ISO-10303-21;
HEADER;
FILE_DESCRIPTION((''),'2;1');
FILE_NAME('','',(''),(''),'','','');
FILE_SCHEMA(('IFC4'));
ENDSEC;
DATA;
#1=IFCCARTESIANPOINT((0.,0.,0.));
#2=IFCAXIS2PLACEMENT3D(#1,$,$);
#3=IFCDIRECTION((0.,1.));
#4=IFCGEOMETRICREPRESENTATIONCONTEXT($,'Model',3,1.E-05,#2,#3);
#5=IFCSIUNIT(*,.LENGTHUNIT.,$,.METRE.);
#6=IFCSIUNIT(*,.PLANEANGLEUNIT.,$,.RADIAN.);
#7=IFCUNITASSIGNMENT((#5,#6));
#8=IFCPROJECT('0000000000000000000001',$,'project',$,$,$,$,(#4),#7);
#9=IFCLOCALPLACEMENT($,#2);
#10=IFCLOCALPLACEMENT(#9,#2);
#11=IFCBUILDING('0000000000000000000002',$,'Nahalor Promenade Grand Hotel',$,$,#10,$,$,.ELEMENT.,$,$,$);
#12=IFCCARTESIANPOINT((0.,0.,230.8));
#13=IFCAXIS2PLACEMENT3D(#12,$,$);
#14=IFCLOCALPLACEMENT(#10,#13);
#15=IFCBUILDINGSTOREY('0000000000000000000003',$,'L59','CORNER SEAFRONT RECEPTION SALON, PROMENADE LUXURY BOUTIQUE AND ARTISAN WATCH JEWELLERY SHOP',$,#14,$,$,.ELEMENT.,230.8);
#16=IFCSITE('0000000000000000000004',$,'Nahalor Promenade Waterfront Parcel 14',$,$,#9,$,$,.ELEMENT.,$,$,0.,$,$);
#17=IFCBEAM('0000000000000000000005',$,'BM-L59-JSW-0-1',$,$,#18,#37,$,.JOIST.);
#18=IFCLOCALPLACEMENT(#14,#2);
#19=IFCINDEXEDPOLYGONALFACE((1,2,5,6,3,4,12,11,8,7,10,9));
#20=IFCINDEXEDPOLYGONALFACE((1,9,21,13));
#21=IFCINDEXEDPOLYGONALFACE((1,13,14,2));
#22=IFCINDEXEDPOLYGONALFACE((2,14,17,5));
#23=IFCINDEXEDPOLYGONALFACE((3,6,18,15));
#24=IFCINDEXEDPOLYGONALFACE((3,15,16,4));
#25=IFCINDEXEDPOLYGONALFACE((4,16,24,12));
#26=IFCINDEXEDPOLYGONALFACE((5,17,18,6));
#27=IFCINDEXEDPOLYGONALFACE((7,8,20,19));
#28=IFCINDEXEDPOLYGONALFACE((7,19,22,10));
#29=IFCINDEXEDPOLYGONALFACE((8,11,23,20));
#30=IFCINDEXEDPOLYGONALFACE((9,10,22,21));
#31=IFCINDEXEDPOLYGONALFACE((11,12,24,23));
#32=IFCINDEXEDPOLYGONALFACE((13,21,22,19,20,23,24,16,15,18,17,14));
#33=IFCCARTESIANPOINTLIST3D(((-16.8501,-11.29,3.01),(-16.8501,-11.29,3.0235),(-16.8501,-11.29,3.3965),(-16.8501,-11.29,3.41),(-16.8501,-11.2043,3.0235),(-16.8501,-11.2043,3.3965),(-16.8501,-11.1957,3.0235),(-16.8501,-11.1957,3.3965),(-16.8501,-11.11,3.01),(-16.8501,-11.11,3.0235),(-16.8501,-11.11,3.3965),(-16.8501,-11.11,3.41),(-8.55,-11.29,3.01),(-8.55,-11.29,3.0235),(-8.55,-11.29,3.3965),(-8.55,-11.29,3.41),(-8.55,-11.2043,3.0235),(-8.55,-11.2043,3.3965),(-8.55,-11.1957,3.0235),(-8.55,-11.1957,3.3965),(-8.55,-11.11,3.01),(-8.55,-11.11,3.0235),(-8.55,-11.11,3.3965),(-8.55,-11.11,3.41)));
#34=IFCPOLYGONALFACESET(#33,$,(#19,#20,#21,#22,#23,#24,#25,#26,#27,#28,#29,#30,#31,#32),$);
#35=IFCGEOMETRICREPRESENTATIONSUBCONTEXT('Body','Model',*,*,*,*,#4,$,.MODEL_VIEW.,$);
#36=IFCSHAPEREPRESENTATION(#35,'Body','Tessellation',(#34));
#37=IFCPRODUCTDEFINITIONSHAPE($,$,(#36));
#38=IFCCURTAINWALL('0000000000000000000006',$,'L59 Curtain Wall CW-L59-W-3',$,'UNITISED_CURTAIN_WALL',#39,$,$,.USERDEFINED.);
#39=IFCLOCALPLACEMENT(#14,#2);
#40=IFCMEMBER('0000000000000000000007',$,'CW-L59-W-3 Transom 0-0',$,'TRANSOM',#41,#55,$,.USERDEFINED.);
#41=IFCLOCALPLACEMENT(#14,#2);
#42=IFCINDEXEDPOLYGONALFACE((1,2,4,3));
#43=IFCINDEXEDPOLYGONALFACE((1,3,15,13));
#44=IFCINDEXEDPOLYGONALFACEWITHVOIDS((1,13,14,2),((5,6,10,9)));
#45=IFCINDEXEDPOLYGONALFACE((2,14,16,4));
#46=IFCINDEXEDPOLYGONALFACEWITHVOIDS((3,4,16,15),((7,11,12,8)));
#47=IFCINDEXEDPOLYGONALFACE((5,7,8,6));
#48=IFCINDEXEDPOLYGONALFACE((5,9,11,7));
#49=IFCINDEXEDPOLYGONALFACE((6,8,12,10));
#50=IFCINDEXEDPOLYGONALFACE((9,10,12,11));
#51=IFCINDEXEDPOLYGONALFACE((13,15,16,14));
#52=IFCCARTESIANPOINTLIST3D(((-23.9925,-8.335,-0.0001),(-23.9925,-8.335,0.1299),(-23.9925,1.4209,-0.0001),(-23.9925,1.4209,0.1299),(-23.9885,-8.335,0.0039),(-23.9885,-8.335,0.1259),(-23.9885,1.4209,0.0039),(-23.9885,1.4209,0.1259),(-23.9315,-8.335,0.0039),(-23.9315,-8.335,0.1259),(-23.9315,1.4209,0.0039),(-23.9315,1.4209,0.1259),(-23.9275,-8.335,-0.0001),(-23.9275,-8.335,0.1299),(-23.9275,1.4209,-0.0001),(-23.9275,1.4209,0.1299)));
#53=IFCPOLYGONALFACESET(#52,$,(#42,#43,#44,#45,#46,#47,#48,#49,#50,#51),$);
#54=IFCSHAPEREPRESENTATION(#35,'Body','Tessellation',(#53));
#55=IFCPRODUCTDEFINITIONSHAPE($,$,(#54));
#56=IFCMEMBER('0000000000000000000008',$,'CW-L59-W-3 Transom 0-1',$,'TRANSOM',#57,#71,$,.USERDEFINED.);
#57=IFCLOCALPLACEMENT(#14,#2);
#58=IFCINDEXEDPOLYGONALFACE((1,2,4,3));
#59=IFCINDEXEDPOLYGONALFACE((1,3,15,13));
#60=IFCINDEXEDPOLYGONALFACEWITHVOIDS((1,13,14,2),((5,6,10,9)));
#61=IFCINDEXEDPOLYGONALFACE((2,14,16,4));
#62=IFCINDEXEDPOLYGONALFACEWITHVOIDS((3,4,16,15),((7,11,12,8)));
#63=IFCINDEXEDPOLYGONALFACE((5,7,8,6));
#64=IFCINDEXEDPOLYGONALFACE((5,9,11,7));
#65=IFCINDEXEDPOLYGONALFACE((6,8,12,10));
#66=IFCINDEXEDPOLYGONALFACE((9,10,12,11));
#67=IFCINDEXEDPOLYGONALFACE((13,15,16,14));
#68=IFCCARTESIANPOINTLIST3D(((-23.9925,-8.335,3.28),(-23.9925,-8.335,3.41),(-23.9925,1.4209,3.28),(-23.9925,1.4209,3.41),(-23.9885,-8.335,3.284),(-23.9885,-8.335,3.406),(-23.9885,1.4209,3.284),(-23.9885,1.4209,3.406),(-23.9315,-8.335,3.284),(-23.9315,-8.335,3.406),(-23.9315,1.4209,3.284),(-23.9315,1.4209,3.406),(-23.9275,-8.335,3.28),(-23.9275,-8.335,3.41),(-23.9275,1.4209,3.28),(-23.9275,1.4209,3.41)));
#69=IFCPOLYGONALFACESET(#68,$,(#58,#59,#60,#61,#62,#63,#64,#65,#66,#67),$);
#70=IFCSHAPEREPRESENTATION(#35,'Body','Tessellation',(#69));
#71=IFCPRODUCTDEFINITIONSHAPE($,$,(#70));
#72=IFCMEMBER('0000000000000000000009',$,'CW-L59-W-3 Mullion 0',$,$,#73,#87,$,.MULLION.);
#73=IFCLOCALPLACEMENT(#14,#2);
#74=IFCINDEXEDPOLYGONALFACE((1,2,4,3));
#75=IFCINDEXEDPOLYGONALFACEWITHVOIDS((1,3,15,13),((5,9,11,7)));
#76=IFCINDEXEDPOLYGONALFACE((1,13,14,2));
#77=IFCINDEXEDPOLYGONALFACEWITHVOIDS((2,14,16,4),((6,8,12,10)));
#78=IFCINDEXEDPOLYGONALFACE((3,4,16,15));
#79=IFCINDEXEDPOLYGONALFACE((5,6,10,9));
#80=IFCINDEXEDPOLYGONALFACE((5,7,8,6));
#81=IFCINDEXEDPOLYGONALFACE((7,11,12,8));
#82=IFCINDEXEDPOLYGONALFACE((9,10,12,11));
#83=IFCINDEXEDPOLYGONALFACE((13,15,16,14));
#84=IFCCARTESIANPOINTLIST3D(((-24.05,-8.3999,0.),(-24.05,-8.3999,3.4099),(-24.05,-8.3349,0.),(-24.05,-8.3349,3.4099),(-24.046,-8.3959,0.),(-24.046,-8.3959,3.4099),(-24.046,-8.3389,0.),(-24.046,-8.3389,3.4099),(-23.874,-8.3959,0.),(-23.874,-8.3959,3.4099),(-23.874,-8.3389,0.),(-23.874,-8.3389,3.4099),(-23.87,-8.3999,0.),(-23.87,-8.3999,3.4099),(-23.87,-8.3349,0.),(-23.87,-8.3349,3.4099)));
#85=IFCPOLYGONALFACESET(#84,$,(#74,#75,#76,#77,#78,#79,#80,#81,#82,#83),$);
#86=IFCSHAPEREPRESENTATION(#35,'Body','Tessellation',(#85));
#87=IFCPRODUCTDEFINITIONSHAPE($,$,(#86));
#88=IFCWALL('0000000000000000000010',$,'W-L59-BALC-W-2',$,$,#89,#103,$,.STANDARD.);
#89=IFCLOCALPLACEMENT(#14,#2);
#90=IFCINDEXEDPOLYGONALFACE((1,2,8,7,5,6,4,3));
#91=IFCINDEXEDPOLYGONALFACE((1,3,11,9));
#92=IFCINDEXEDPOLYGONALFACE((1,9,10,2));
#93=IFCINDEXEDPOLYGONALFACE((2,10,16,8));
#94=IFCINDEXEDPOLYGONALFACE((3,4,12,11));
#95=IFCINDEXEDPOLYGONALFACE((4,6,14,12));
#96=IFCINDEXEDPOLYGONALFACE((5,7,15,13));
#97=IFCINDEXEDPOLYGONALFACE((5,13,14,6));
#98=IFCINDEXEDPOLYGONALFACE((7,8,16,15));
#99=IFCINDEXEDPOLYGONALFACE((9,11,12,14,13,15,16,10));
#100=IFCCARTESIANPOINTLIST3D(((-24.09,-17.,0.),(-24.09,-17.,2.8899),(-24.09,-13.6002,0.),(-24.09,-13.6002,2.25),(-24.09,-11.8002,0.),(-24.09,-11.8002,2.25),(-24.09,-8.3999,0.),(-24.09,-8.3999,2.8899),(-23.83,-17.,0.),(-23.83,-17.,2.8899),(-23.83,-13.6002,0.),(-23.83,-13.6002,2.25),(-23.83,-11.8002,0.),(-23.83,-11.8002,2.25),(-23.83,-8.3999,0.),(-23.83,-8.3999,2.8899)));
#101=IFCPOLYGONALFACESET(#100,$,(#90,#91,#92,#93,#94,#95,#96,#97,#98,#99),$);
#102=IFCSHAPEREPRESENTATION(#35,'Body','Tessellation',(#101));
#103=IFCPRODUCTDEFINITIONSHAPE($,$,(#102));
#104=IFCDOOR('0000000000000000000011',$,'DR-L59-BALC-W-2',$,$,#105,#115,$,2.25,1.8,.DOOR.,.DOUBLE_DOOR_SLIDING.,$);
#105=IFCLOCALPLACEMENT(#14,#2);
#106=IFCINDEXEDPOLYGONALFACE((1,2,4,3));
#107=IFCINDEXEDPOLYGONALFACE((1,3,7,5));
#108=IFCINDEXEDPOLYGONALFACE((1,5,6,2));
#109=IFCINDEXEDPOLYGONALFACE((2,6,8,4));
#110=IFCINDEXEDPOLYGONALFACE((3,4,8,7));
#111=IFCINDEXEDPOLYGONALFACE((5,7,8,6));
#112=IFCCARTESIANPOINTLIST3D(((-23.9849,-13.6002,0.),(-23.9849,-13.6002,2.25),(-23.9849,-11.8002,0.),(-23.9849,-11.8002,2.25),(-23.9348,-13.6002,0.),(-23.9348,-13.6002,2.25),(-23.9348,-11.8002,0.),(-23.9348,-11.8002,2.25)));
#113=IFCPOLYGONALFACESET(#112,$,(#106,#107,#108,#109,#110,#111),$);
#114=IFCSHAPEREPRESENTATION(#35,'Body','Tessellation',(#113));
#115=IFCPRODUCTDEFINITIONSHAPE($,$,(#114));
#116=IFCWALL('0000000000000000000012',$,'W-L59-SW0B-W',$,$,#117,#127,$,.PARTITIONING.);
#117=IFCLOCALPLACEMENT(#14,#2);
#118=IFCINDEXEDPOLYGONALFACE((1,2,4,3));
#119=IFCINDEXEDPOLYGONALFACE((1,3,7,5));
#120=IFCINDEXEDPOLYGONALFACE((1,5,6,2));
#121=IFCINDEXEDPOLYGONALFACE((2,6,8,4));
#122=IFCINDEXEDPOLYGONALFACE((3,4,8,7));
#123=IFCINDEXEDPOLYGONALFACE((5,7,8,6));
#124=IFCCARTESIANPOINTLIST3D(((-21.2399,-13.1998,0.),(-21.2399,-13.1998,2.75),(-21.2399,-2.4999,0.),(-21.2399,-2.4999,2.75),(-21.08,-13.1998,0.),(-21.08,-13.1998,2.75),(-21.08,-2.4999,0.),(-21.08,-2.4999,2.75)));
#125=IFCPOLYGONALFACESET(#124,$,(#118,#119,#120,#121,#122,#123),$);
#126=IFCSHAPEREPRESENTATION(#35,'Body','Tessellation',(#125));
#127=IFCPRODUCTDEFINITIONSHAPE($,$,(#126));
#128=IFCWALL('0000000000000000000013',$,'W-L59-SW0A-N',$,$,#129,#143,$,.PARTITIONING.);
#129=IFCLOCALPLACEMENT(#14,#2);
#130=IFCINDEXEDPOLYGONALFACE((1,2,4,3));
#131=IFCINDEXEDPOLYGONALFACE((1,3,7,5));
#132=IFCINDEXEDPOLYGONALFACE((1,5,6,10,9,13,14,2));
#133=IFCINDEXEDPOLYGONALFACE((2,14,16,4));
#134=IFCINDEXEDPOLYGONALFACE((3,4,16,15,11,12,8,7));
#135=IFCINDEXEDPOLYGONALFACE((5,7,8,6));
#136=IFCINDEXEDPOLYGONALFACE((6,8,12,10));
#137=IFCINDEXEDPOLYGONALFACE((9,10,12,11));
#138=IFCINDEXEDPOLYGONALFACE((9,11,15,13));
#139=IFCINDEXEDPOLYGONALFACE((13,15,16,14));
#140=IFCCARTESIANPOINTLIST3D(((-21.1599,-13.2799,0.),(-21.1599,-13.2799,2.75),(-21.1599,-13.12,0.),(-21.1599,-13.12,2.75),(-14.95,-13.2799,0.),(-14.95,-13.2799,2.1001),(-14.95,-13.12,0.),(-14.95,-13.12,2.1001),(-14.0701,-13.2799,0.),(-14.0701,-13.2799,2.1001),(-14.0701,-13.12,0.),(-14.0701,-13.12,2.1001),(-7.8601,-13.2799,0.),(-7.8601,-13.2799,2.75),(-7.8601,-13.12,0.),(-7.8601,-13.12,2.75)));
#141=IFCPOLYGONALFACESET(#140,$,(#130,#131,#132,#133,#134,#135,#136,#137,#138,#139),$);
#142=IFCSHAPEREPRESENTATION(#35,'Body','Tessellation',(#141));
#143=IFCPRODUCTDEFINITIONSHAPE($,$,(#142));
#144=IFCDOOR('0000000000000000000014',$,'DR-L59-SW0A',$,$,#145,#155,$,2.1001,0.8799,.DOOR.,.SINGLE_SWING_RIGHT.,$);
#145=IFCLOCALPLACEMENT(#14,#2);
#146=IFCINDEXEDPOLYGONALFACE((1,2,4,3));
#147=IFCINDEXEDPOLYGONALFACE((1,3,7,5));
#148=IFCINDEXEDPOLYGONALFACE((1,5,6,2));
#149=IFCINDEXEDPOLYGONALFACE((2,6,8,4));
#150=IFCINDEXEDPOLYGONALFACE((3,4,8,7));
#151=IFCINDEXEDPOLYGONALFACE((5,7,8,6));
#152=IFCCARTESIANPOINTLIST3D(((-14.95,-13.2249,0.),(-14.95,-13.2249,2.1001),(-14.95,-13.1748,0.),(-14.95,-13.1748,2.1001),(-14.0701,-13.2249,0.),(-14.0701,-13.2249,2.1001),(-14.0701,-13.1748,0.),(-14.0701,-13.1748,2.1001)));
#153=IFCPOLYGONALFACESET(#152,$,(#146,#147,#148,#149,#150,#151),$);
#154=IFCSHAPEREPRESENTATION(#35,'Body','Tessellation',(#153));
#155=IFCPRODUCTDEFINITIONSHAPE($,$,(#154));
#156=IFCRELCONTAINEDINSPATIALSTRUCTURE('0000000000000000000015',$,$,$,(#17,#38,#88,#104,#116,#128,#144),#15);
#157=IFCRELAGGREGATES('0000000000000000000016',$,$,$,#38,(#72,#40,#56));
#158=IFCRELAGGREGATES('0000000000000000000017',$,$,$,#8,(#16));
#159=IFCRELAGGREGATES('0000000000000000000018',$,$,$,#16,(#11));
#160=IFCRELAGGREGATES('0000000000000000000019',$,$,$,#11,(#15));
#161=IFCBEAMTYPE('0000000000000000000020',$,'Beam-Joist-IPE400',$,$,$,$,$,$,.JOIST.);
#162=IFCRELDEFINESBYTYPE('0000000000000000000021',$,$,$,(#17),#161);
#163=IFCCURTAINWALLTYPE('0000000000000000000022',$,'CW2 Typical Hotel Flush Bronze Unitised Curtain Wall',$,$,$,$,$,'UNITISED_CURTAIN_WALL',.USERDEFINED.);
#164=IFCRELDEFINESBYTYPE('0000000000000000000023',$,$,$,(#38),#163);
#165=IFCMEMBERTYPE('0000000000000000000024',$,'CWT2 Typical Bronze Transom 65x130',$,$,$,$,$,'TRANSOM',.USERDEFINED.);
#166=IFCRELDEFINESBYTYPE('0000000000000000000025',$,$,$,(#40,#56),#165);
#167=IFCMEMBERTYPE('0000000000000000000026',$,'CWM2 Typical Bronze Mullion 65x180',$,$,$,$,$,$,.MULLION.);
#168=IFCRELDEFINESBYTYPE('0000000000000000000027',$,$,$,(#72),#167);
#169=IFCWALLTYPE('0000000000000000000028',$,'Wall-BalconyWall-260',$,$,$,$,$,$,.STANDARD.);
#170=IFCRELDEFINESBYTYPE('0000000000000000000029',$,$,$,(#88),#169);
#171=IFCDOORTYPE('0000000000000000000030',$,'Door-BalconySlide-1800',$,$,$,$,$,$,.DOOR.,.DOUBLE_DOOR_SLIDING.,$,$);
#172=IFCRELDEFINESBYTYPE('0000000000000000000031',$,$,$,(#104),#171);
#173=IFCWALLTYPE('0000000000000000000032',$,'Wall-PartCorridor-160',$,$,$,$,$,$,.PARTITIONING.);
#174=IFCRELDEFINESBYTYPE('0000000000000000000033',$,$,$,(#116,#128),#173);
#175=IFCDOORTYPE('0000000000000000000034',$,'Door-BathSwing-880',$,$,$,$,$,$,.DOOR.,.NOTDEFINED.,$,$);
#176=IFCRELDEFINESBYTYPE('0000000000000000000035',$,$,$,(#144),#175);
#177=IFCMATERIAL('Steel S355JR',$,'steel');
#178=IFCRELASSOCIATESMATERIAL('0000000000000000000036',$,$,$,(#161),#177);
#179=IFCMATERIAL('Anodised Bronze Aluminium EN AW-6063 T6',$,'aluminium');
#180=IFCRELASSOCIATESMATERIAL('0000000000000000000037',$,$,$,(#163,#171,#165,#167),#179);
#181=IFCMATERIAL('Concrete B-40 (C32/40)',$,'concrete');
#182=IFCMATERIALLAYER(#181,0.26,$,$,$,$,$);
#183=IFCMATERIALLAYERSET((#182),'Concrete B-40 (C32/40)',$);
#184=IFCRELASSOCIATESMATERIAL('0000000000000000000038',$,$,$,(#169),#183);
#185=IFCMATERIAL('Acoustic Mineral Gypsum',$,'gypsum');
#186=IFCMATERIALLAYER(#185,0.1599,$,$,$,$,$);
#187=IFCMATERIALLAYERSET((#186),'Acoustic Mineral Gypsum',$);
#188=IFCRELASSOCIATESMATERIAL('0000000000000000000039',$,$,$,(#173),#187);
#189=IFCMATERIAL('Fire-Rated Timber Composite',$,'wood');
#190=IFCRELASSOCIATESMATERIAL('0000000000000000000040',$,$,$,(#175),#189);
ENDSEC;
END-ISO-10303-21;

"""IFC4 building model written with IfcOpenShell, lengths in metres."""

from ifc_helpers import new_model, si_unit, direction, frame, frame_2d, origin, origin_2d, place, context, subcontext, project, spatial, rectangle, hollow_rectangle, i_section, extrude, source, transform, mapped, material, layer, layer_set, material_profile, profile_set, type_object, element, fill, aggregate, save


model = new_model("IFC4")

# Units and contexts
model_context = context("Model", 3, precision=1e-05, world=origin(), true_north=direction((0.0, 1.0)))
body_context = subcontext(model_context, "Body", "Model", "MODEL_VIEW")
ifc_project = project(units=[si_unit("LENGTHUNIT", "METRE"), si_unit("PLANEANGLEUNIT", "RADIAN")], contexts=[model_context])

# Site, building, storey
site_placement = place(None, origin())
site = spatial("IfcSite", under=ifc_project, at=site_placement, Name="Nahalor Promenade Waterfront Parcel 14", CompositionType="ELEMENT", RefElevation=0.0)
building_placement = place(site_placement, origin())
building = spatial("IfcBuilding", under=site, at=building_placement, Name="Nahalor Promenade Grand Hotel", CompositionType="ELEMENT")
storey_placement = place(building_placement, frame((0.0, 0.0, 230.8)))
storey = spatial("IfcBuildingStorey", under=building, at=storey_placement, Name="L59", Description="CORNER SEAFRONT RECEPTION SALON, PROMENADE LUXURY BOUTIQUE AND ARTISAN WATCH JEWELLERY SHOP", CompositionType="ELEMENT", Elevation=230.8)

# Shared definitions
ifc_material_1 = material(Name="Steel S355JR", Category="steel")

# Beam
ifc_material_profile_1 = material_profile(ifc_material_1, i_section(OverallWidth=0.18, OverallDepth=0.4, WebThickness=0.0086, FlangeThickness=0.0135, at=origin_2d()), Name="IPE 400")
ifc_profile_set_1 = profile_set([ifc_material_profile_1], Name="Steel S355JR")
beam_type_1 = type_object("IfcBeamType", Name="Beam-Joist-IPE400", PredefinedType="JOIST", material=ifc_profile_set_1)
shared_shape_1 = source(origin(), body_context, "Body", "SweptSolid", [
    extrude(i_section(OverallWidth=0.18, OverallDepth=0.4, WebThickness=0.0086, FlangeThickness=0.0135, at=origin_2d()), origin(), (0.0, 0.0, 1.0), 8.3),
])
beam_1_placement = place(storey_placement, frame((-16.8501, -11.2, 3.21), z_axis=(1.0, 0.0, 0.0), x_axis=(0.0, 1.0, 0.0)))
element("IfcBeam", 1, at=beam_1_placement, inside=storey, type_object=beam_type_1, Name="BM-L59-JSW-0-1", PredefinedType="JOIST", context=body_context, shape_type="MappedRepresentation", body=[
    mapped(shared_shape_1, transform((0.0, 0.0, 0.0), scale=1.0)),
])

# Curtain wall, members
ifc_material_2 = material(Name="Anodised Bronze Aluminium EN AW-6063 T6", Category="aluminium")
curtain_wall_type = type_object("IfcCurtainWallType", Name="CW2 Typical Hotel Flush Bronze Unitised Curtain Wall", ElementType="UNITISED_CURTAIN_WALL", PredefinedType="USERDEFINED", material=ifc_material_2)
curtain_wall_placement = place(storey_placement, origin())
curtain_wall = element("IfcCurtainWall", 2, at=curtain_wall_placement, inside=storey, type_object=curtain_wall_type, Name="L59 Curtain Wall CW-L59-W-3", ObjectType="UNITISED_CURTAIN_WALL", PredefinedType="USERDEFINED")
ifc_material_profile_2 = material_profile(ifc_material_2, hollow_rectangle(XDim=0.065, YDim=0.13, WallThickness=0.004, at=origin_2d()), Name="CWT 65x130x4")
ifc_profile_set_2 = profile_set([ifc_material_profile_2], Name="Anodised Bronze Aluminium EN AW-6063 T6")
member_type_1 = type_object("IfcMemberType", Name="CWT2 Typical Bronze Transom 65x130", ElementType="TRANSOM", PredefinedType="USERDEFINED", material=ifc_profile_set_2)
shared_shape_2 = source(origin(), body_context, "Body", "SweptSolid", [
    extrude(hollow_rectangle(XDim=0.065, YDim=0.13, WallThickness=0.004, at=origin_2d()), origin(), (0.0, 0.0, 1.0), 9.7559),
])
member_1_placement = place(storey_placement, frame((-23.96, -8.335, 0.0649), z_axis=(0.0, 1.0, 0.0), x_axis=(-1.0, 0.0, 0.0)))
member_1 = element("IfcMember", 3, at=member_1_placement, type_object=member_type_1, Name="CW-L59-W-3 Transom 0-0", ObjectType="TRANSOM", PredefinedType="USERDEFINED", context=body_context, shape_type="MappedRepresentation", body=[
    mapped(shared_shape_2, transform((0.0, 0.0, 0.0), scale=1.0)),
])
member_2_placement = place(storey_placement, frame((-23.96, -8.335, 3.345), z_axis=(0.0, 1.0, 0.0), x_axis=(-1.0, 0.0, 0.0)))
member_2 = element("IfcMember", 4, at=member_2_placement, type_object=member_type_1, Name="CW-L59-W-3 Transom 0-1", ObjectType="TRANSOM", PredefinedType="USERDEFINED", context=body_context, shape_type="MappedRepresentation", body=[
    mapped(shared_shape_2, transform((0.0, 0.0, 0.0), scale=1.0)),
])
ifc_material_profile_3 = material_profile(ifc_material_2, hollow_rectangle(XDim=0.065, YDim=0.18, WallThickness=0.004, at=origin_2d()), Name="CWM 65x180x4")
ifc_profile_set_3 = profile_set([ifc_material_profile_3], Name="Anodised Bronze Aluminium EN AW-6063 T6")
member_type_2 = type_object("IfcMemberType", Name="CWM2 Typical Bronze Mullion 65x180", PredefinedType="MULLION", material=ifc_profile_set_3)
shared_shape_3 = source(origin(), body_context, "Body", "SweptSolid", [
    extrude(hollow_rectangle(XDim=0.065, YDim=0.18, WallThickness=0.004, at=origin_2d()), origin(), (0.0, 0.0, 1.0), 3.4099),
])
member_3_placement = place(storey_placement, frame((-23.96, -8.3674, 0.0), z_axis=(0.0, 0.0, 1.0), x_axis=(0.0, 1.0, 0.0)))
member_3 = element("IfcMember", 5, at=member_3_placement, type_object=member_type_2, Name="CW-L59-W-3 Mullion 0", PredefinedType="MULLION", context=body_context, shape_type="MappedRepresentation", body=[
    mapped(shared_shape_3, transform((0.0, 0.0, 0.0), scale=1.0)),
])
aggregate(curtain_wall, [member_3, member_1, member_2])

# Wall, opening, door
ifc_material_3 = material(Name="Concrete B-40 (C32/40)", Category="concrete")
ifc_layer_1 = layer(ifc_material_3, 0.26)
ifc_layer_set_1 = layer_set([ifc_layer_1], Name="Concrete B-40 (C32/40)")
wall_type_1 = type_object("IfcWallType", Name="Wall-BalconyWall-260", PredefinedType="STANDARD", material=ifc_layer_set_1)
shared_shape_4 = source(origin(), body_context, "Body", "SweptSolid", [
    extrude(rectangle(XDim=8.6001, YDim=0.26, at=frame_2d((4.3, 0.0))), origin(), (0.0, 0.0, 1.0), 2.8899),
])
wall_1_placement = place(storey_placement, frame((-23.96, -17.0, 0.0), z_axis=(0.0, 0.0, 1.0), x_axis=(0.0, 1.0, 0.0)))
wall_1 = element("IfcWall", 6, at=wall_1_placement, inside=storey, type_object=wall_type_1, Name="W-L59-BALC-W-2", PredefinedType="STANDARD", context=body_context, shape_type="MappedRepresentation", body=[
    mapped(shared_shape_4, transform((0.0, 0.0, 0.0), scale=1.0)),
])
opening_1_placement = place(wall_1_placement, frame((3.3999, 0.0, 0.0)))
opening_1 = element("IfcOpeningElement", 7, at=opening_1_placement, cuts=wall_1, PredefinedType="OPENING", context=body_context, shape_type="SweptSolid", body=[
    extrude(rectangle(XDim=1.8, YDim=2.25, at=frame_2d((0.8999, 1.125))), frame((0.0, 0.1399, 0.0), z_axis=(0.0, -1.0, 0.0), x_axis=(1.0, 0.0, 0.0)), (0.0, 0.0, 1.0), 0.28),
])
door_type_1 = type_object("IfcDoorType", Name="Door-BalconySlide-1800", OperationType="DOUBLE_DOOR_SLIDING", PredefinedType="DOOR", material=ifc_material_2)
shared_shape_5 = source(origin(), body_context, "Body", "SweptSolid", [
    extrude(rectangle(XDim=1.8, YDim=2.25, at=frame_2d((0.8999, 1.125))), frame((0.0, 0.0249, 0.0), z_axis=(0.0, -1.0, 0.0), x_axis=(1.0, 0.0, 0.0)), (0.0, 0.0, 1.0), 0.05),
])
door_1_placement = place(opening_1_placement, origin())
door_1 = element("IfcDoor", 8, at=door_1_placement, inside=storey, type_object=door_type_1, Name="DR-L59-BALC-W-2", OperationType="DOUBLE_DOOR_SLIDING", OverallHeight=2.25, OverallWidth=1.8, PredefinedType="DOOR", context=body_context, shape_type="MappedRepresentation", body=[
    mapped(shared_shape_5, transform((0.0, 0.0, 0.0), scale=1.0)),
])
fill(opening_1, door_1)

# Wall
ifc_material_4 = material(Name="Acoustic Mineral Gypsum", Category="gypsum")
ifc_layer_2 = layer(ifc_material_4, 0.1599)
ifc_layer_set_2 = layer_set([ifc_layer_2], Name="Acoustic Mineral Gypsum")
wall_type_2 = type_object("IfcWallType", Name="Wall-PartCorridor-160", PredefinedType="PARTITIONING", material=ifc_layer_set_2)
shared_shape_6 = source(origin(), body_context, "Body", "SweptSolid", [
    extrude(rectangle(XDim=10.7, YDim=0.1599, at=frame_2d((5.3501, 0.0))), origin(), (0.0, 0.0, 1.0), 2.75),
])
wall_2_placement = place(storey_placement, frame((-21.1599, -13.2, 0.0), z_axis=(0.0, 0.0, 1.0), x_axis=(0.0, 1.0, 0.0)))
element("IfcWall", 9, at=wall_2_placement, inside=storey, type_object=wall_type_2, Name="W-L59-SW0B-W", PredefinedType="PARTITIONING", context=body_context, shape_type="MappedRepresentation", body=[
    mapped(shared_shape_6, transform((0.0, 0.0, 0.0), scale=1.0)),
])

# Wall, opening, door
shared_shape_7 = source(origin(), body_context, "Body", "SweptSolid", [
    extrude(rectangle(XDim=13.2998, YDim=0.1599, at=frame_2d((6.6499, 0.0))), origin(), (0.0, 0.0, 1.0), 2.75),
])
wall_3_placement = place(storey_placement, frame((-21.1599, -13.2, 0.0), z_axis=(0.0, 0.0, 1.0), x_axis=(1.0, 0.0, 0.0)))
wall_3 = element("IfcWall", 10, at=wall_3_placement, inside=storey, type_object=wall_type_2, Name="W-L59-SW0A-N", PredefinedType="PARTITIONING", context=body_context, shape_type="MappedRepresentation", body=[
    mapped(shared_shape_7, transform((0.0, 0.0, 0.0), scale=1.0)),
])
opening_2_placement = place(wall_3_placement, frame((6.21, 0.0, 0.0)))
opening_2 = element("IfcOpeningElement", 11, at=opening_2_placement, cuts=wall_3, PredefinedType="OPENING", context=body_context, shape_type="SweptSolid", body=[
    extrude(rectangle(XDim=0.8799, YDim=2.1001, at=frame_2d((0.4399, 1.05))), frame((0.0, 0.0898, 0.0), z_axis=(0.0, -1.0, 0.0), x_axis=(1.0, 0.0, 0.0)), (0.0, 0.0, 1.0), 0.1799),
])
ifc_material_5 = material(Name="Fire-Rated Timber Composite", Category="wood")
door_type_2 = type_object("IfcDoorType", Name="Door-BathSwing-880", OperationType="NOTDEFINED", PredefinedType="DOOR", material=ifc_material_5)
shared_shape_8 = source(origin(), body_context, "Body", "SweptSolid", [
    extrude(rectangle(XDim=0.8799, YDim=2.1001, at=frame_2d((0.4399, 1.05))), frame((0.0, 0.0249, 0.0), z_axis=(0.0, -1.0, 0.0), x_axis=(1.0, 0.0, 0.0)), (0.0, 0.0, 1.0), 0.05),
])
door_2_placement = place(opening_2_placement, frame((0.8799, 0.0, 0.0), z_axis=(0.0, 0.0, 1.0), x_axis=(-1.0, 0.0, 0.0)))
door_2 = element("IfcDoor", 12, at=door_2_placement, inside=storey, type_object=door_type_2, Name="DR-L59-SW0A", OperationType="SINGLE_SWING_RIGHT", OverallHeight=2.1001, OverallWidth=0.8799, PredefinedType="DOOR", context=body_context, shape_type="MappedRepresentation", body=[
    mapped(shared_shape_8, transform((0.0, 0.0, 0.0), scale=1.0)),
])
fill(opening_2, door_2)

save(model, "model.ifc")
